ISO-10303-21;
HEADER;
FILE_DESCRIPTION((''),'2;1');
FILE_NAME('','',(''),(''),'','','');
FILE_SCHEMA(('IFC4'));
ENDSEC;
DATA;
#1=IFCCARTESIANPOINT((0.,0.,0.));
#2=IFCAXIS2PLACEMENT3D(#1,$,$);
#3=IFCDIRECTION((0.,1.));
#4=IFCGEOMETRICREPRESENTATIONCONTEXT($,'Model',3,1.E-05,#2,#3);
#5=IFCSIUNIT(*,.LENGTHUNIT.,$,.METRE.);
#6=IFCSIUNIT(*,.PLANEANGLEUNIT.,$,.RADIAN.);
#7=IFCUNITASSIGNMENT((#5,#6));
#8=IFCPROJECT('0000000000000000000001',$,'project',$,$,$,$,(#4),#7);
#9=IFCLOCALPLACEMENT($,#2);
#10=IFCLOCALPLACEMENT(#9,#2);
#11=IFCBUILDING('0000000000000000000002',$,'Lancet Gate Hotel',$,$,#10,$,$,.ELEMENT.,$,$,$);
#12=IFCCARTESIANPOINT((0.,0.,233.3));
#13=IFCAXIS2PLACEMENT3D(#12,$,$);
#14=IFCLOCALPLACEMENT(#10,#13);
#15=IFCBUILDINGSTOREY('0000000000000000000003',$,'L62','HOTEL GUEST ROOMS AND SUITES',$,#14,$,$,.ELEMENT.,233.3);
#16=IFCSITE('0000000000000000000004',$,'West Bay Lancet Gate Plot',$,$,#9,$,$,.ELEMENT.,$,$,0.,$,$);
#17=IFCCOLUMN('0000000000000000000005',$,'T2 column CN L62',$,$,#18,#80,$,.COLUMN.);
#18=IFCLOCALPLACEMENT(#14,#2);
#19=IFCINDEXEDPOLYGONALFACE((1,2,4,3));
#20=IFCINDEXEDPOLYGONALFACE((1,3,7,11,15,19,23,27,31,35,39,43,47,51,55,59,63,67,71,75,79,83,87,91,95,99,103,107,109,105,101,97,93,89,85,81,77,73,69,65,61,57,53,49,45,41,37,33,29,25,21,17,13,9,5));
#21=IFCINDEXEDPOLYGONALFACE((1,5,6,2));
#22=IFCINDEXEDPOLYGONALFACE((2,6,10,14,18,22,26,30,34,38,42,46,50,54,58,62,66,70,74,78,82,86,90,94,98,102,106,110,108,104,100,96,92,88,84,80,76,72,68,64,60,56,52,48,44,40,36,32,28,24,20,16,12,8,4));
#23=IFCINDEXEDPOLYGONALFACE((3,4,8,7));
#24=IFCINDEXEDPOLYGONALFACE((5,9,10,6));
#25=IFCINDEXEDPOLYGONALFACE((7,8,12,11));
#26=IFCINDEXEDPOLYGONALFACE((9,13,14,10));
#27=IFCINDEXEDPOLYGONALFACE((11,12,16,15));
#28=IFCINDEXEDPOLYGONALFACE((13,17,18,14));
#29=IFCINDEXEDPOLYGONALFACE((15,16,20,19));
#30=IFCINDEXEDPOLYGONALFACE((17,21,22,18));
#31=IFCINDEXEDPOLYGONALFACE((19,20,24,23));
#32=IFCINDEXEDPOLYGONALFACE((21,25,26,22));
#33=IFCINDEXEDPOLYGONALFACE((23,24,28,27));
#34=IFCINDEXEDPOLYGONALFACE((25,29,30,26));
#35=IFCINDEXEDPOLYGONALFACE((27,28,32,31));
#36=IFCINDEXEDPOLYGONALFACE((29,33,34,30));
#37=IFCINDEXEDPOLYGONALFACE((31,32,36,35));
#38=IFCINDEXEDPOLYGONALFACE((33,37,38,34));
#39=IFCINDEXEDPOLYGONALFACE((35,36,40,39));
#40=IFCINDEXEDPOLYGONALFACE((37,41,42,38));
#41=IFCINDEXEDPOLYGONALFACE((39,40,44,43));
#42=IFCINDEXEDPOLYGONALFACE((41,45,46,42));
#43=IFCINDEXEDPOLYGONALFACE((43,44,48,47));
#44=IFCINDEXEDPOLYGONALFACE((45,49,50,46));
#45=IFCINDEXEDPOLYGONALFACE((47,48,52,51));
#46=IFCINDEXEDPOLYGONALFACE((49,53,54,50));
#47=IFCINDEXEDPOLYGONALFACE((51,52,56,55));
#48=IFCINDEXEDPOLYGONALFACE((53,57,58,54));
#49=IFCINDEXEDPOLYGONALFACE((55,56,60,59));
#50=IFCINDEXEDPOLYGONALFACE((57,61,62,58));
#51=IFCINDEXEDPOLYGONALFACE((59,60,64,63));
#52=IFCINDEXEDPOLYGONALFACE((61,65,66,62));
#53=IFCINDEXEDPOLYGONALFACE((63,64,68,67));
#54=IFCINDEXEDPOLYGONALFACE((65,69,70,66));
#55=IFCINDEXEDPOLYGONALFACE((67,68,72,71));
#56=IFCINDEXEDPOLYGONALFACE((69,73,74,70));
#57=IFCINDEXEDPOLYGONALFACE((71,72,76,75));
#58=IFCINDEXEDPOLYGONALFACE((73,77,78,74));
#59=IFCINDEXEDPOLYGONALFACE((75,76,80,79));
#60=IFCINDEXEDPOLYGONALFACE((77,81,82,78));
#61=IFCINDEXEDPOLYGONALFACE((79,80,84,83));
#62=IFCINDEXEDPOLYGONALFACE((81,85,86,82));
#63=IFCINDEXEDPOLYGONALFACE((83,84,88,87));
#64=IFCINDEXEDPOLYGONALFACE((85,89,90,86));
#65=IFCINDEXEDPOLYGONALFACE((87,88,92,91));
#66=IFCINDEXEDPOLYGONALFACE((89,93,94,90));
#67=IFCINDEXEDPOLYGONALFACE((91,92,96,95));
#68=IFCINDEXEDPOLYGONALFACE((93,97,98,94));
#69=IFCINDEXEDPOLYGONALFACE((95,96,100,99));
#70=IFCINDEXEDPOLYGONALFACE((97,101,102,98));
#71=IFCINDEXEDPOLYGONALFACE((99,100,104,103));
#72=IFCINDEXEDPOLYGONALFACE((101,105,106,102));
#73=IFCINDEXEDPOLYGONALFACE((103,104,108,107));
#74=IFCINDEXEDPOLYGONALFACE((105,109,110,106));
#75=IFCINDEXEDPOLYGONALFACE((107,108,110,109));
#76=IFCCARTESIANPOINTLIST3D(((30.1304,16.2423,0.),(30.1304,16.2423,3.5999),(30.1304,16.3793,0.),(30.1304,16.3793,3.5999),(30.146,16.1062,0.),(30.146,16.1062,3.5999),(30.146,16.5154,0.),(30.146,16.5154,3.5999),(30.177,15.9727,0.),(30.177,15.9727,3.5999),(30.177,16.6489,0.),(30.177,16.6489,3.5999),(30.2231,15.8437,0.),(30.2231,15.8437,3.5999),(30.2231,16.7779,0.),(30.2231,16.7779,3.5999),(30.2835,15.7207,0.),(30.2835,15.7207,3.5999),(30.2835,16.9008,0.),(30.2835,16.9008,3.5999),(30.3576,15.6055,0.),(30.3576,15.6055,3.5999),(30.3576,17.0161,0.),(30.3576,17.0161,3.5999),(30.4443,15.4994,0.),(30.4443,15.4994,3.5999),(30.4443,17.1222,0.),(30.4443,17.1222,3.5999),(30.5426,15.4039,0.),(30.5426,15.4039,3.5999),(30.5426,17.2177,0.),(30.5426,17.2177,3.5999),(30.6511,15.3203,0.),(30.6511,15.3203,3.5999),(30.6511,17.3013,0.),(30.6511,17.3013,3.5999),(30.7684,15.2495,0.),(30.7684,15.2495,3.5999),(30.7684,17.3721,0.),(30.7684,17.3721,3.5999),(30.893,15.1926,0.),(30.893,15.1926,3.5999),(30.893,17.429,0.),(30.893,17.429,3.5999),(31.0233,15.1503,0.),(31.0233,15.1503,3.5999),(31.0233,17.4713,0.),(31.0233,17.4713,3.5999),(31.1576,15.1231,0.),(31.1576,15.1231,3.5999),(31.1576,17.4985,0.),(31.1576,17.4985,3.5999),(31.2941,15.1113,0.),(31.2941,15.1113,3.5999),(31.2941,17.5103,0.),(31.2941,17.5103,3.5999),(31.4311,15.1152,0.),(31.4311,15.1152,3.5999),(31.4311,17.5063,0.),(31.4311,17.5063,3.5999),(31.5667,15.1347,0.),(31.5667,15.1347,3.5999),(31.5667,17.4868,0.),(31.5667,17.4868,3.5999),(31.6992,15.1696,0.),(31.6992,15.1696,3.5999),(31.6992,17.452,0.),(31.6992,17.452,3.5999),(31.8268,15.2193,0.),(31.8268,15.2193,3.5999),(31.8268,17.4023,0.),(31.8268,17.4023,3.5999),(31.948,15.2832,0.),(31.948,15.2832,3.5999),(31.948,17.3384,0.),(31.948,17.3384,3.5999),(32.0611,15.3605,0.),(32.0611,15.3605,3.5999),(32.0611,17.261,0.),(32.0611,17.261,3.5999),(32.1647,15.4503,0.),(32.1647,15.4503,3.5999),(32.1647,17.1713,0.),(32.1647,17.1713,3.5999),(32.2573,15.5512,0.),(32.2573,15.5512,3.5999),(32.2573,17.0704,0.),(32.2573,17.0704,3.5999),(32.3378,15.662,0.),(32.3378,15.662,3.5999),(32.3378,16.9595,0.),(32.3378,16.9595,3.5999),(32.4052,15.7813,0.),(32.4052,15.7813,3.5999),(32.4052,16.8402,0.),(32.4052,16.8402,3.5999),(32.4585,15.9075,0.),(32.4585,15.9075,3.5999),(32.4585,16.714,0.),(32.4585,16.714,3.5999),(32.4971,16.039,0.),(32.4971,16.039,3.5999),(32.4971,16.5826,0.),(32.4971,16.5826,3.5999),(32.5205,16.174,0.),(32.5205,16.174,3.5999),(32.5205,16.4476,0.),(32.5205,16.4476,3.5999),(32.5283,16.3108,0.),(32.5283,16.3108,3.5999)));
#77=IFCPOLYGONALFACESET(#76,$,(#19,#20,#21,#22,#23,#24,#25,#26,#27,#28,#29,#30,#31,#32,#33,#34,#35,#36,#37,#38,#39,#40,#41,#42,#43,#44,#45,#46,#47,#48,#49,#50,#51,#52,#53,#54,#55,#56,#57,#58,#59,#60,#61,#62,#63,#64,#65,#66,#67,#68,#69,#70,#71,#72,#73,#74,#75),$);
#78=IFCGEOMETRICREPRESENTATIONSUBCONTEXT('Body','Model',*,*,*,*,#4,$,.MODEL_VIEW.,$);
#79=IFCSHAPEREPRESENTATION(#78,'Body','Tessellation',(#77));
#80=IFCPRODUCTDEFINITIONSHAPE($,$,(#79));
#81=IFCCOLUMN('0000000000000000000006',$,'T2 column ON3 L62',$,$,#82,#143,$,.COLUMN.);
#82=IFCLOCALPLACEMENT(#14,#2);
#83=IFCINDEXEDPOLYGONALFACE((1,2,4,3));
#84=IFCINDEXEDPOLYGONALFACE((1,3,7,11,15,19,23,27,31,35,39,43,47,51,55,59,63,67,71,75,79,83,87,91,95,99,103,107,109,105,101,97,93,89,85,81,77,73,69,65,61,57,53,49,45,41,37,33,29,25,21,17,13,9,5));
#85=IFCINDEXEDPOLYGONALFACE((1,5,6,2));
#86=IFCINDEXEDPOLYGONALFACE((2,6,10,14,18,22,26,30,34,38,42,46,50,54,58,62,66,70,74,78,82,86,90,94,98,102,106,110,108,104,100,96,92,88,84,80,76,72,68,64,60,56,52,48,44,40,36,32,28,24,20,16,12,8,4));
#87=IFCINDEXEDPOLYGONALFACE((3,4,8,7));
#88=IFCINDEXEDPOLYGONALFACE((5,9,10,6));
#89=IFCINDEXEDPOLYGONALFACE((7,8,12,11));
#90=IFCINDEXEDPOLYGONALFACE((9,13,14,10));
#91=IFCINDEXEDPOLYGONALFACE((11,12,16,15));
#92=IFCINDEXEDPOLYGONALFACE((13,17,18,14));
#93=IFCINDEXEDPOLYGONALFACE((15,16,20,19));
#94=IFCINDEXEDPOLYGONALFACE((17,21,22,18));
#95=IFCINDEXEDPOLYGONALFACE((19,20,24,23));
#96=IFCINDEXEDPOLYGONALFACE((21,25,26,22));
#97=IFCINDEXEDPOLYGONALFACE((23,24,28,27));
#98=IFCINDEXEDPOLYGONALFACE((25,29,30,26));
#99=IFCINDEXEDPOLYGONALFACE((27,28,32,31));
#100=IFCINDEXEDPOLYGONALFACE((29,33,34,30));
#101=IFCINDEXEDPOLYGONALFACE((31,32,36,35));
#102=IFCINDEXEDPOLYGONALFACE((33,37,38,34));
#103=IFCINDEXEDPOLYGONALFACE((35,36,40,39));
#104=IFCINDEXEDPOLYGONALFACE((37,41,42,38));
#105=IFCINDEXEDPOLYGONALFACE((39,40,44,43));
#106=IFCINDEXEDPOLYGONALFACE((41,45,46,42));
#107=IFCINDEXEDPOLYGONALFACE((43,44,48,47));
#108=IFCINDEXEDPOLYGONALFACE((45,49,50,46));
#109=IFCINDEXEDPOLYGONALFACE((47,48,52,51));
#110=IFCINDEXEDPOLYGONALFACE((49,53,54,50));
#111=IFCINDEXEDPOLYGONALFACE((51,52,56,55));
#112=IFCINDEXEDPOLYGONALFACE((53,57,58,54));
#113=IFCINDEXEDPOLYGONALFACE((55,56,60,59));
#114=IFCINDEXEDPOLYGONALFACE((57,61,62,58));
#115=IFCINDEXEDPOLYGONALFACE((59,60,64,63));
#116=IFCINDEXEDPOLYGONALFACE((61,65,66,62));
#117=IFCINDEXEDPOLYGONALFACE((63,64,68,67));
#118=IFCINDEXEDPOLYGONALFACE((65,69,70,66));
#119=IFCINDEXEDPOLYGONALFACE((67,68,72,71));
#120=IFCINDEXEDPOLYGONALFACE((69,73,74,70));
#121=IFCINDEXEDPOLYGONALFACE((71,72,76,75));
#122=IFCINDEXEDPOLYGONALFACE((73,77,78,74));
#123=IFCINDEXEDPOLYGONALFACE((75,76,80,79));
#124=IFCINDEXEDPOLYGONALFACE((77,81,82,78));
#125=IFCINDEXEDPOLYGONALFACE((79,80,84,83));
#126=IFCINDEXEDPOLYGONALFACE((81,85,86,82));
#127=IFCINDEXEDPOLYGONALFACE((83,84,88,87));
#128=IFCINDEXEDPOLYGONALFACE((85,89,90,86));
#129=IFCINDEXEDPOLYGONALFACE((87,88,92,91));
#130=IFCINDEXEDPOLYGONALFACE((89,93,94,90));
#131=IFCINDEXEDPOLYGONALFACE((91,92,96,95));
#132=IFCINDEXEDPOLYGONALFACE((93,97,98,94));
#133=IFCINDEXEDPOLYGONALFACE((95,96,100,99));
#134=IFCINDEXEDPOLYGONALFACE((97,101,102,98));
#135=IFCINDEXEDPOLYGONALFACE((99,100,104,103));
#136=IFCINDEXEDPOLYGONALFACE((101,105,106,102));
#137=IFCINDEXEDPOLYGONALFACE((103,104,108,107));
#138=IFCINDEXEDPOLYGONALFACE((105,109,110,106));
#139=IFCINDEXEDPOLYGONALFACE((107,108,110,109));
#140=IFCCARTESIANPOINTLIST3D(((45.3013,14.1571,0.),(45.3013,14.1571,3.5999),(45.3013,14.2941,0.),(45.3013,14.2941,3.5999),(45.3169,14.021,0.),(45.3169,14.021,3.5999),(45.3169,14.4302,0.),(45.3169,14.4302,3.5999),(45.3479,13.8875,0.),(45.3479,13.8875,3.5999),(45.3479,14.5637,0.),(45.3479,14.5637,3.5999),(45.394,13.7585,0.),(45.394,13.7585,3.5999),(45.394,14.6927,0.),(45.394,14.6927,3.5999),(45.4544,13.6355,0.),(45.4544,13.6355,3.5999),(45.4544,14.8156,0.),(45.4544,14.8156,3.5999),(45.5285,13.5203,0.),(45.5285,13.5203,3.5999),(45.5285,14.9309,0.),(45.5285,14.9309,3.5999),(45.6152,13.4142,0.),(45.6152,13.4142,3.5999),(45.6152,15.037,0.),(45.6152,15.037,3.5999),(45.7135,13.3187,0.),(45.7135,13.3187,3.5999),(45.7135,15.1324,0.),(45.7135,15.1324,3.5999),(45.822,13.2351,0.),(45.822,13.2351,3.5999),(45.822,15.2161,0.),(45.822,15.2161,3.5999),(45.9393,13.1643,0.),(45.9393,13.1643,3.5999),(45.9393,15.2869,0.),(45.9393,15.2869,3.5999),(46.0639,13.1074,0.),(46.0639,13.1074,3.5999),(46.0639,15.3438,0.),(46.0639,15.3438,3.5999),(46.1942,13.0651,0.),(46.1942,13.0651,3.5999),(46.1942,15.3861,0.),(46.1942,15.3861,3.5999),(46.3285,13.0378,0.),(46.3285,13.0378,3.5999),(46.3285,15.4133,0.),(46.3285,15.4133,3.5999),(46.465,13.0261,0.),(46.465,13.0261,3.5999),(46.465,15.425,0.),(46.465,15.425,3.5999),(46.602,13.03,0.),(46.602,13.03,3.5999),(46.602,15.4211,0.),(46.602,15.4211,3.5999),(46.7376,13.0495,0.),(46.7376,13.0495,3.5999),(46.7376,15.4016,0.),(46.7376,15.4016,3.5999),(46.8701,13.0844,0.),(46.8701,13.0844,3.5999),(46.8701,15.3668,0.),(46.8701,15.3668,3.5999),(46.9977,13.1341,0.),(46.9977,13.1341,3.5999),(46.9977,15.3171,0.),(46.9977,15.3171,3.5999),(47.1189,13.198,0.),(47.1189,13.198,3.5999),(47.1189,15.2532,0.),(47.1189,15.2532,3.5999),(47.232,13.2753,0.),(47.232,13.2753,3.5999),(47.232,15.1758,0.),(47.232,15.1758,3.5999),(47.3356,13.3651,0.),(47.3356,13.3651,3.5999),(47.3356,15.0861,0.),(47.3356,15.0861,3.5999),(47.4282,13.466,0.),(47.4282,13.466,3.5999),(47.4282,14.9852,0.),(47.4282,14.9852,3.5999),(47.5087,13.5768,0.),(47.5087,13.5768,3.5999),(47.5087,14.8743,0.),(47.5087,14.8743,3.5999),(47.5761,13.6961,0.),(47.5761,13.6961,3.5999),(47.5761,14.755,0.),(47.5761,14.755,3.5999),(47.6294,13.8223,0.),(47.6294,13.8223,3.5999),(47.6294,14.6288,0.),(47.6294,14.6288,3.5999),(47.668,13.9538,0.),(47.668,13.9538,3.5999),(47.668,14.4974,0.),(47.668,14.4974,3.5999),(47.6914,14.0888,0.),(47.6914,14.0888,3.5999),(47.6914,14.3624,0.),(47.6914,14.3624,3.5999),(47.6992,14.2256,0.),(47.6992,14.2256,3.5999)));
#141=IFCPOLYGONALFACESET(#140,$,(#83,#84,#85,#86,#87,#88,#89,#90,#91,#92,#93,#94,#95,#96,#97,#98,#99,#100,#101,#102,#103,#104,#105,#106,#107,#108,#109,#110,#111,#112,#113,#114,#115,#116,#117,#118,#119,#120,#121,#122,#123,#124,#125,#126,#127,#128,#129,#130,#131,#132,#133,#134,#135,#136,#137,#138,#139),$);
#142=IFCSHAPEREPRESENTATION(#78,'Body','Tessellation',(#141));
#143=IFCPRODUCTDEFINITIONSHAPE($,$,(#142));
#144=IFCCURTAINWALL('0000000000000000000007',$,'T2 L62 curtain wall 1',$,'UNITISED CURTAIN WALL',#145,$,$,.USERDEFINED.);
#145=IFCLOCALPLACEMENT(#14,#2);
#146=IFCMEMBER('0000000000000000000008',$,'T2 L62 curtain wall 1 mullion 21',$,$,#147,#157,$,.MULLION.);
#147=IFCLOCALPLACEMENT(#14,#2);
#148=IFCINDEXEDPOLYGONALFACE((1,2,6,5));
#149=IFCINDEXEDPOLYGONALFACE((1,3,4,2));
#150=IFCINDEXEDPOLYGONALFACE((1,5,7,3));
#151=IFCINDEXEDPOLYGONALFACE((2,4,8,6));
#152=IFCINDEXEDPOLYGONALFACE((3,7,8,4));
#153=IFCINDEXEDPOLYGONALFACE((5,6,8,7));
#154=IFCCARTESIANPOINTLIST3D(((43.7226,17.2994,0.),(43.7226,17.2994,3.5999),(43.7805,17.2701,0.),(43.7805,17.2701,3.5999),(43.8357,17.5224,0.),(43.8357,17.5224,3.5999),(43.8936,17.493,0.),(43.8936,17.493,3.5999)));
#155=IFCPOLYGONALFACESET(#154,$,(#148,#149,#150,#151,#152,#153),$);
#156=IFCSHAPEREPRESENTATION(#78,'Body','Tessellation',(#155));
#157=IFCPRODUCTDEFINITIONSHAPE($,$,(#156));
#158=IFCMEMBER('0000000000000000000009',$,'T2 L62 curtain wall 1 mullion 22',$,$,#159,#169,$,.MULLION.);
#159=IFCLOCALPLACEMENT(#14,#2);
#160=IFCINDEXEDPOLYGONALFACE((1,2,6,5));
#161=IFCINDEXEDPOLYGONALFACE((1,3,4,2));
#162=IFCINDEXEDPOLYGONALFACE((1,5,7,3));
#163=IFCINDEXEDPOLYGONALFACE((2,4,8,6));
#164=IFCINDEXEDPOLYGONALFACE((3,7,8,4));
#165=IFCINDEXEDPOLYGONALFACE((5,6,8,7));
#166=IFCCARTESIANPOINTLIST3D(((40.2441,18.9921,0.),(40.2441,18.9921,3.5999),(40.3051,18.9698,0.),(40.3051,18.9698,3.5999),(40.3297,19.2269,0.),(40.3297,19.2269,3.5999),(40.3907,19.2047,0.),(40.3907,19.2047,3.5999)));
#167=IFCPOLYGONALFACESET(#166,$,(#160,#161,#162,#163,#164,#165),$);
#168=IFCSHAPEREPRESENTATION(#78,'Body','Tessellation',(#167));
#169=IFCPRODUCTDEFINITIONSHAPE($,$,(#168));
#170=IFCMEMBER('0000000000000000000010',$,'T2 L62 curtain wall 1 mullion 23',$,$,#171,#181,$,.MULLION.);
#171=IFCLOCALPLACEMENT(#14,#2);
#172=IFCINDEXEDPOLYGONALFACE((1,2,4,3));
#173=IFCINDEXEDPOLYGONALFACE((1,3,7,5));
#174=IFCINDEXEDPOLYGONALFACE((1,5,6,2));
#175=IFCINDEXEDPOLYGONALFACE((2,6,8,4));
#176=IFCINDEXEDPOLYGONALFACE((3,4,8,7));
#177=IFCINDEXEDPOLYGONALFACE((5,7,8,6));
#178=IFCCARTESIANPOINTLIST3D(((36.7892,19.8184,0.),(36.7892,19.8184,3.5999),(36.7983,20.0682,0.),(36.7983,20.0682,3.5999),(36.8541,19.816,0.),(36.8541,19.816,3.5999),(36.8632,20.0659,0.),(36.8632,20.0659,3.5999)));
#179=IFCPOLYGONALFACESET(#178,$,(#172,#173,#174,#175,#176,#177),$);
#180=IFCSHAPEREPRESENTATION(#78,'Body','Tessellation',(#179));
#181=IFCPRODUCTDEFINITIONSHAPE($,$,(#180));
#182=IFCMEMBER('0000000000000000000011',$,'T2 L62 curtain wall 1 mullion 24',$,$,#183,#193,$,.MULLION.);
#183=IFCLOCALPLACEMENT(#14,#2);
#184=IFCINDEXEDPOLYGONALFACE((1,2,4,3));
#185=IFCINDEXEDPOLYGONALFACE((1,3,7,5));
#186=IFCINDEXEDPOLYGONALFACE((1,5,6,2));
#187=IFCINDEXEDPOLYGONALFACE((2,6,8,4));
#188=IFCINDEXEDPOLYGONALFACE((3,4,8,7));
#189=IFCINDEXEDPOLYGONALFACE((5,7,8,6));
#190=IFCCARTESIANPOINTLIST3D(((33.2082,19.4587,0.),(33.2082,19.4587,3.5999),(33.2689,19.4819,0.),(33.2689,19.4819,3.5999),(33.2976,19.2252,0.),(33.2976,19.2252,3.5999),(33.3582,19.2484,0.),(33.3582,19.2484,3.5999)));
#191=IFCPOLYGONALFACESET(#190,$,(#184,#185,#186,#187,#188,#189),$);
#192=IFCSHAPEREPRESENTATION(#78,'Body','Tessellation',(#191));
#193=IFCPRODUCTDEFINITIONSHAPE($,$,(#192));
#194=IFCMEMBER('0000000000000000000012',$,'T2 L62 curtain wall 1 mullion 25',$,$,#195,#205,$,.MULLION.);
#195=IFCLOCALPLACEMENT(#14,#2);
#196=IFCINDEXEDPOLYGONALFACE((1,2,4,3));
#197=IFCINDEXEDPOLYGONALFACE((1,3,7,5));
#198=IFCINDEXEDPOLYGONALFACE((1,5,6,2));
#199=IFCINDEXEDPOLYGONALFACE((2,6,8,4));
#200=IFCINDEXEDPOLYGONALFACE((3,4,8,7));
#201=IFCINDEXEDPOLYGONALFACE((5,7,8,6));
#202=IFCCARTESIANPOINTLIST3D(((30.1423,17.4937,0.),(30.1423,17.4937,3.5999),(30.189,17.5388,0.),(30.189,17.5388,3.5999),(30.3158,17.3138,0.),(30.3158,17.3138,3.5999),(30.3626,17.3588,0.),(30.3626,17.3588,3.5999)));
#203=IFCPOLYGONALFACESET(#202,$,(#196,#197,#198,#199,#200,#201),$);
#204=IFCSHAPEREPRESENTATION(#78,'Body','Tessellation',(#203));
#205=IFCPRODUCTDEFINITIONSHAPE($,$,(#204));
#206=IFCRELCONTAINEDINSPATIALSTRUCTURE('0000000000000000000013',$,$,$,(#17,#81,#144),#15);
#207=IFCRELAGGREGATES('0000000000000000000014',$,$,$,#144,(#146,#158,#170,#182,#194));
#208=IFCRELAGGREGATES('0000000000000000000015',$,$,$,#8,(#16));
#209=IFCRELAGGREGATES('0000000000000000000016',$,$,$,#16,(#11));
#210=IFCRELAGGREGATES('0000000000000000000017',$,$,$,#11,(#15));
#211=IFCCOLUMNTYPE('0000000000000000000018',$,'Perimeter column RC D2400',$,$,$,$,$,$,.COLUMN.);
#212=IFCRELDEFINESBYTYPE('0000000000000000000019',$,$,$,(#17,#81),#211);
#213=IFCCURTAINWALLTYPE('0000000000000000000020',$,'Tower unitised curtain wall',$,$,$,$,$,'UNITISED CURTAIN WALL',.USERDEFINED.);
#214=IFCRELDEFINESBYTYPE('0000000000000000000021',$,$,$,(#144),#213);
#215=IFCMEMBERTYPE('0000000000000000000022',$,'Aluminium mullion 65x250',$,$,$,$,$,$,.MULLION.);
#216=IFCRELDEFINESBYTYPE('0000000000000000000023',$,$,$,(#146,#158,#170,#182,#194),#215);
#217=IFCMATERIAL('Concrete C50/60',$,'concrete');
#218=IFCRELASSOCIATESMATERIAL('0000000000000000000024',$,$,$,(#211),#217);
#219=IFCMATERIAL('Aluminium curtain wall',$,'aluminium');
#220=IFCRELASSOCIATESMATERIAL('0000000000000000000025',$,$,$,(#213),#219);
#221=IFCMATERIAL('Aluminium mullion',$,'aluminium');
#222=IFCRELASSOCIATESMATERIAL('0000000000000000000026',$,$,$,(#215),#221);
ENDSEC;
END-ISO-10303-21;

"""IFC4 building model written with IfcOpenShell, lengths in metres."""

from ifc_helpers import new_model, si_unit, direction, frame, origin, origin_2d, place, context, subcontext, project, spatial, rectangle, circle, extrude, material, material_profile, profile_set, type_object, element, aggregate, save


model = new_model("IFC4")

# Units and contexts
model_context = context("Model", 3, precision=1e-05, world=origin(), true_north=direction((0.0, 1.0)))
body_context = subcontext(model_context, "Body", "Model", "MODEL_VIEW")
ifc_project = project(units=[si_unit("LENGTHUNIT", "METRE"), si_unit("PLANEANGLEUNIT", "RADIAN")], contexts=[model_context])

# Site, building, storey
site_placement = place(None, origin())
site = spatial("IfcSite", under=ifc_project, at=site_placement, Name="West Bay Lancet Gate Plot", CompositionType="ELEMENT", RefElevation=0.0)
building_placement = place(site_placement, origin())
building = spatial("IfcBuilding", under=site, at=building_placement, Name="Lancet Gate Hotel", CompositionType="ELEMENT")
storey_placement = place(building_placement, frame((0.0, 0.0, 233.3)))
storey = spatial("IfcBuildingStorey", under=building, at=storey_placement, Name="L62", Description="HOTEL GUEST ROOMS AND SUITES", CompositionType="ELEMENT", Elevation=233.3)

# Columns
ifc_material_1 = material(Name="Concrete C50/60", Category="concrete")
ifc_material_profile_1 = material_profile(ifc_material_1, circle(Radius=1.2, at=origin_2d()), Name="RC D2400")
ifc_profile_set_1 = profile_set([ifc_material_profile_1], Name="Concrete C50/60")
column_type = type_object("IfcColumnType", Name="Perimeter column RC D2400", PredefinedType="COLUMN", material=ifc_profile_set_1)
for number, where, z_axis, x_axis, name in (
    (1, (31.3284, 16.3108, 0.0), (0.0, 0.0, 1.0), (1.0, 0.0, 0.0), "T2 column CN L62"),
    (2, (46.4993, 14.2256, 0.0), (0.0, 0.0, 1.0), (1.0, 0.0, 0.0), "T2 column ON3 L62"),
):
    element("IfcColumn", number, at=place(storey_placement, frame(where, z_axis=z_axis, x_axis=x_axis)), inside=storey, type_object=column_type, Name=name, PredefinedType="COLUMN", context=body_context, shape_type="SweptSolid", body=[
        extrude(circle(Radius=1.2, at=origin_2d()), origin(), (0.0, 0.0, 1.0), 3.5999),
    ])

# Curtain wall, members
ifc_material_2 = material(Name="Aluminium curtain wall", Category="aluminium")
curtain_wall_type = type_object("IfcCurtainWallType", Name="Tower unitised curtain wall", ElementType="UNITISED CURTAIN WALL", PredefinedType="USERDEFINED", material=ifc_material_2)
curtain_wall_placement = place(storey_placement, origin())
curtain_wall = element("IfcCurtainWall", 3, at=curtain_wall_placement, inside=storey, type_object=curtain_wall_type, Name="T2 L62 curtain wall 1", ObjectType="UNITISED CURTAIN WALL", PredefinedType="USERDEFINED")
ifc_material_3 = material(Name="Aluminium mullion", Category="aluminium")
ifc_material_profile_2 = material_profile(ifc_material_3, rectangle(XDim=0.0649, YDim=0.25, at=origin_2d()), Name="MULLION 65x250")
ifc_profile_set_2 = profile_set([ifc_material_profile_2], Name="Aluminium mullion")
member_type_1 = type_object("IfcMemberType", Name="Aluminium mullion 65x250", PredefinedType="MULLION", material=ifc_profile_set_2)
member_1_placement = place(storey_placement, frame((43.8081, 17.3962, 0.0), z_axis=(0.0, 0.0, 1.0), x_axis=(-0.891833, 0.452365, 0.0)))
member_1 = element("IfcMember", 4, at=member_1_placement, type_object=member_type_1, Name="T2 L62 curtain wall 1 mullion 21", PredefinedType="MULLION", context=body_context, shape_type="SweptSolid", body=[
    extrude(rectangle(XDim=0.0649, YDim=0.25, at=origin_2d()), origin(), (0.0, 0.0, 1.0), 3.5999),
])
member_2_placement = place(storey_placement, frame((40.3174, 19.0984, 0.0), z_axis=(0.0, 0.0, 1.0), x_axis=(-0.939484, 0.342593, 0.0)))
member_2 = element("IfcMember", 5, at=member_2_placement, type_object=member_type_1, Name="T2 L62 curtain wall 1 mullion 22", PredefinedType="MULLION", context=body_context, shape_type="SweptSolid", body=[
    extrude(rectangle(XDim=0.0649, YDim=0.25, at=origin_2d()), origin(), (0.0, 0.0, 1.0), 3.5999),
])
member_3_placement = place(storey_placement, frame((36.8262, 19.9421, 0.0), z_axis=(0.0, 0.0, 1.0), x_axis=(-0.999343, 0.03625, 0.0)))
member_3 = element("IfcMember", 6, at=member_3_placement, type_object=member_type_1, Name="T2 L62 curtain wall 1 mullion 23", PredefinedType="MULLION", context=body_context, shape_type="SweptSolid", body=[
    extrude(rectangle(XDim=0.0649, YDim=0.25, at=origin_2d()), origin(), (0.0, 0.0, 1.0), 3.5999),
])
member_4_placement = place(storey_placement, frame((33.2832, 19.3535, 0.0), z_axis=(0.0, 0.0, 1.0), x_axis=(-0.933943, -0.357421, 0.0)))
member_4 = element("IfcMember", 7, at=member_4_placement, type_object=member_type_1, Name="T2 L62 curtain wall 1 mullion 24", PredefinedType="MULLION", context=body_context, shape_type="SweptSolid", body=[
    extrude(rectangle(XDim=0.0649, YDim=0.25, at=origin_2d()), origin(), (0.0, 0.0, 1.0), 3.5999),
])
member_5_placement = place(storey_placement, frame((30.2524, 17.4263, 0.0), z_axis=(0.0, 0.0, 1.0), x_axis=(-0.719809, -0.694172, 0.0)))
member_5 = element("IfcMember", 8, at=member_5_placement, type_object=member_type_1, Name="T2 L62 curtain wall 1 mullion 25", PredefinedType="MULLION", context=body_context, shape_type="SweptSolid", body=[
    extrude(rectangle(XDim=0.0649, YDim=0.25, at=origin_2d()), origin(), (0.0, 0.0, 1.0), 3.5999),
])

aggregate(curtain_wall, [member_1, member_2, member_3, member_4, member_5])

save(model, "model.ifc")
